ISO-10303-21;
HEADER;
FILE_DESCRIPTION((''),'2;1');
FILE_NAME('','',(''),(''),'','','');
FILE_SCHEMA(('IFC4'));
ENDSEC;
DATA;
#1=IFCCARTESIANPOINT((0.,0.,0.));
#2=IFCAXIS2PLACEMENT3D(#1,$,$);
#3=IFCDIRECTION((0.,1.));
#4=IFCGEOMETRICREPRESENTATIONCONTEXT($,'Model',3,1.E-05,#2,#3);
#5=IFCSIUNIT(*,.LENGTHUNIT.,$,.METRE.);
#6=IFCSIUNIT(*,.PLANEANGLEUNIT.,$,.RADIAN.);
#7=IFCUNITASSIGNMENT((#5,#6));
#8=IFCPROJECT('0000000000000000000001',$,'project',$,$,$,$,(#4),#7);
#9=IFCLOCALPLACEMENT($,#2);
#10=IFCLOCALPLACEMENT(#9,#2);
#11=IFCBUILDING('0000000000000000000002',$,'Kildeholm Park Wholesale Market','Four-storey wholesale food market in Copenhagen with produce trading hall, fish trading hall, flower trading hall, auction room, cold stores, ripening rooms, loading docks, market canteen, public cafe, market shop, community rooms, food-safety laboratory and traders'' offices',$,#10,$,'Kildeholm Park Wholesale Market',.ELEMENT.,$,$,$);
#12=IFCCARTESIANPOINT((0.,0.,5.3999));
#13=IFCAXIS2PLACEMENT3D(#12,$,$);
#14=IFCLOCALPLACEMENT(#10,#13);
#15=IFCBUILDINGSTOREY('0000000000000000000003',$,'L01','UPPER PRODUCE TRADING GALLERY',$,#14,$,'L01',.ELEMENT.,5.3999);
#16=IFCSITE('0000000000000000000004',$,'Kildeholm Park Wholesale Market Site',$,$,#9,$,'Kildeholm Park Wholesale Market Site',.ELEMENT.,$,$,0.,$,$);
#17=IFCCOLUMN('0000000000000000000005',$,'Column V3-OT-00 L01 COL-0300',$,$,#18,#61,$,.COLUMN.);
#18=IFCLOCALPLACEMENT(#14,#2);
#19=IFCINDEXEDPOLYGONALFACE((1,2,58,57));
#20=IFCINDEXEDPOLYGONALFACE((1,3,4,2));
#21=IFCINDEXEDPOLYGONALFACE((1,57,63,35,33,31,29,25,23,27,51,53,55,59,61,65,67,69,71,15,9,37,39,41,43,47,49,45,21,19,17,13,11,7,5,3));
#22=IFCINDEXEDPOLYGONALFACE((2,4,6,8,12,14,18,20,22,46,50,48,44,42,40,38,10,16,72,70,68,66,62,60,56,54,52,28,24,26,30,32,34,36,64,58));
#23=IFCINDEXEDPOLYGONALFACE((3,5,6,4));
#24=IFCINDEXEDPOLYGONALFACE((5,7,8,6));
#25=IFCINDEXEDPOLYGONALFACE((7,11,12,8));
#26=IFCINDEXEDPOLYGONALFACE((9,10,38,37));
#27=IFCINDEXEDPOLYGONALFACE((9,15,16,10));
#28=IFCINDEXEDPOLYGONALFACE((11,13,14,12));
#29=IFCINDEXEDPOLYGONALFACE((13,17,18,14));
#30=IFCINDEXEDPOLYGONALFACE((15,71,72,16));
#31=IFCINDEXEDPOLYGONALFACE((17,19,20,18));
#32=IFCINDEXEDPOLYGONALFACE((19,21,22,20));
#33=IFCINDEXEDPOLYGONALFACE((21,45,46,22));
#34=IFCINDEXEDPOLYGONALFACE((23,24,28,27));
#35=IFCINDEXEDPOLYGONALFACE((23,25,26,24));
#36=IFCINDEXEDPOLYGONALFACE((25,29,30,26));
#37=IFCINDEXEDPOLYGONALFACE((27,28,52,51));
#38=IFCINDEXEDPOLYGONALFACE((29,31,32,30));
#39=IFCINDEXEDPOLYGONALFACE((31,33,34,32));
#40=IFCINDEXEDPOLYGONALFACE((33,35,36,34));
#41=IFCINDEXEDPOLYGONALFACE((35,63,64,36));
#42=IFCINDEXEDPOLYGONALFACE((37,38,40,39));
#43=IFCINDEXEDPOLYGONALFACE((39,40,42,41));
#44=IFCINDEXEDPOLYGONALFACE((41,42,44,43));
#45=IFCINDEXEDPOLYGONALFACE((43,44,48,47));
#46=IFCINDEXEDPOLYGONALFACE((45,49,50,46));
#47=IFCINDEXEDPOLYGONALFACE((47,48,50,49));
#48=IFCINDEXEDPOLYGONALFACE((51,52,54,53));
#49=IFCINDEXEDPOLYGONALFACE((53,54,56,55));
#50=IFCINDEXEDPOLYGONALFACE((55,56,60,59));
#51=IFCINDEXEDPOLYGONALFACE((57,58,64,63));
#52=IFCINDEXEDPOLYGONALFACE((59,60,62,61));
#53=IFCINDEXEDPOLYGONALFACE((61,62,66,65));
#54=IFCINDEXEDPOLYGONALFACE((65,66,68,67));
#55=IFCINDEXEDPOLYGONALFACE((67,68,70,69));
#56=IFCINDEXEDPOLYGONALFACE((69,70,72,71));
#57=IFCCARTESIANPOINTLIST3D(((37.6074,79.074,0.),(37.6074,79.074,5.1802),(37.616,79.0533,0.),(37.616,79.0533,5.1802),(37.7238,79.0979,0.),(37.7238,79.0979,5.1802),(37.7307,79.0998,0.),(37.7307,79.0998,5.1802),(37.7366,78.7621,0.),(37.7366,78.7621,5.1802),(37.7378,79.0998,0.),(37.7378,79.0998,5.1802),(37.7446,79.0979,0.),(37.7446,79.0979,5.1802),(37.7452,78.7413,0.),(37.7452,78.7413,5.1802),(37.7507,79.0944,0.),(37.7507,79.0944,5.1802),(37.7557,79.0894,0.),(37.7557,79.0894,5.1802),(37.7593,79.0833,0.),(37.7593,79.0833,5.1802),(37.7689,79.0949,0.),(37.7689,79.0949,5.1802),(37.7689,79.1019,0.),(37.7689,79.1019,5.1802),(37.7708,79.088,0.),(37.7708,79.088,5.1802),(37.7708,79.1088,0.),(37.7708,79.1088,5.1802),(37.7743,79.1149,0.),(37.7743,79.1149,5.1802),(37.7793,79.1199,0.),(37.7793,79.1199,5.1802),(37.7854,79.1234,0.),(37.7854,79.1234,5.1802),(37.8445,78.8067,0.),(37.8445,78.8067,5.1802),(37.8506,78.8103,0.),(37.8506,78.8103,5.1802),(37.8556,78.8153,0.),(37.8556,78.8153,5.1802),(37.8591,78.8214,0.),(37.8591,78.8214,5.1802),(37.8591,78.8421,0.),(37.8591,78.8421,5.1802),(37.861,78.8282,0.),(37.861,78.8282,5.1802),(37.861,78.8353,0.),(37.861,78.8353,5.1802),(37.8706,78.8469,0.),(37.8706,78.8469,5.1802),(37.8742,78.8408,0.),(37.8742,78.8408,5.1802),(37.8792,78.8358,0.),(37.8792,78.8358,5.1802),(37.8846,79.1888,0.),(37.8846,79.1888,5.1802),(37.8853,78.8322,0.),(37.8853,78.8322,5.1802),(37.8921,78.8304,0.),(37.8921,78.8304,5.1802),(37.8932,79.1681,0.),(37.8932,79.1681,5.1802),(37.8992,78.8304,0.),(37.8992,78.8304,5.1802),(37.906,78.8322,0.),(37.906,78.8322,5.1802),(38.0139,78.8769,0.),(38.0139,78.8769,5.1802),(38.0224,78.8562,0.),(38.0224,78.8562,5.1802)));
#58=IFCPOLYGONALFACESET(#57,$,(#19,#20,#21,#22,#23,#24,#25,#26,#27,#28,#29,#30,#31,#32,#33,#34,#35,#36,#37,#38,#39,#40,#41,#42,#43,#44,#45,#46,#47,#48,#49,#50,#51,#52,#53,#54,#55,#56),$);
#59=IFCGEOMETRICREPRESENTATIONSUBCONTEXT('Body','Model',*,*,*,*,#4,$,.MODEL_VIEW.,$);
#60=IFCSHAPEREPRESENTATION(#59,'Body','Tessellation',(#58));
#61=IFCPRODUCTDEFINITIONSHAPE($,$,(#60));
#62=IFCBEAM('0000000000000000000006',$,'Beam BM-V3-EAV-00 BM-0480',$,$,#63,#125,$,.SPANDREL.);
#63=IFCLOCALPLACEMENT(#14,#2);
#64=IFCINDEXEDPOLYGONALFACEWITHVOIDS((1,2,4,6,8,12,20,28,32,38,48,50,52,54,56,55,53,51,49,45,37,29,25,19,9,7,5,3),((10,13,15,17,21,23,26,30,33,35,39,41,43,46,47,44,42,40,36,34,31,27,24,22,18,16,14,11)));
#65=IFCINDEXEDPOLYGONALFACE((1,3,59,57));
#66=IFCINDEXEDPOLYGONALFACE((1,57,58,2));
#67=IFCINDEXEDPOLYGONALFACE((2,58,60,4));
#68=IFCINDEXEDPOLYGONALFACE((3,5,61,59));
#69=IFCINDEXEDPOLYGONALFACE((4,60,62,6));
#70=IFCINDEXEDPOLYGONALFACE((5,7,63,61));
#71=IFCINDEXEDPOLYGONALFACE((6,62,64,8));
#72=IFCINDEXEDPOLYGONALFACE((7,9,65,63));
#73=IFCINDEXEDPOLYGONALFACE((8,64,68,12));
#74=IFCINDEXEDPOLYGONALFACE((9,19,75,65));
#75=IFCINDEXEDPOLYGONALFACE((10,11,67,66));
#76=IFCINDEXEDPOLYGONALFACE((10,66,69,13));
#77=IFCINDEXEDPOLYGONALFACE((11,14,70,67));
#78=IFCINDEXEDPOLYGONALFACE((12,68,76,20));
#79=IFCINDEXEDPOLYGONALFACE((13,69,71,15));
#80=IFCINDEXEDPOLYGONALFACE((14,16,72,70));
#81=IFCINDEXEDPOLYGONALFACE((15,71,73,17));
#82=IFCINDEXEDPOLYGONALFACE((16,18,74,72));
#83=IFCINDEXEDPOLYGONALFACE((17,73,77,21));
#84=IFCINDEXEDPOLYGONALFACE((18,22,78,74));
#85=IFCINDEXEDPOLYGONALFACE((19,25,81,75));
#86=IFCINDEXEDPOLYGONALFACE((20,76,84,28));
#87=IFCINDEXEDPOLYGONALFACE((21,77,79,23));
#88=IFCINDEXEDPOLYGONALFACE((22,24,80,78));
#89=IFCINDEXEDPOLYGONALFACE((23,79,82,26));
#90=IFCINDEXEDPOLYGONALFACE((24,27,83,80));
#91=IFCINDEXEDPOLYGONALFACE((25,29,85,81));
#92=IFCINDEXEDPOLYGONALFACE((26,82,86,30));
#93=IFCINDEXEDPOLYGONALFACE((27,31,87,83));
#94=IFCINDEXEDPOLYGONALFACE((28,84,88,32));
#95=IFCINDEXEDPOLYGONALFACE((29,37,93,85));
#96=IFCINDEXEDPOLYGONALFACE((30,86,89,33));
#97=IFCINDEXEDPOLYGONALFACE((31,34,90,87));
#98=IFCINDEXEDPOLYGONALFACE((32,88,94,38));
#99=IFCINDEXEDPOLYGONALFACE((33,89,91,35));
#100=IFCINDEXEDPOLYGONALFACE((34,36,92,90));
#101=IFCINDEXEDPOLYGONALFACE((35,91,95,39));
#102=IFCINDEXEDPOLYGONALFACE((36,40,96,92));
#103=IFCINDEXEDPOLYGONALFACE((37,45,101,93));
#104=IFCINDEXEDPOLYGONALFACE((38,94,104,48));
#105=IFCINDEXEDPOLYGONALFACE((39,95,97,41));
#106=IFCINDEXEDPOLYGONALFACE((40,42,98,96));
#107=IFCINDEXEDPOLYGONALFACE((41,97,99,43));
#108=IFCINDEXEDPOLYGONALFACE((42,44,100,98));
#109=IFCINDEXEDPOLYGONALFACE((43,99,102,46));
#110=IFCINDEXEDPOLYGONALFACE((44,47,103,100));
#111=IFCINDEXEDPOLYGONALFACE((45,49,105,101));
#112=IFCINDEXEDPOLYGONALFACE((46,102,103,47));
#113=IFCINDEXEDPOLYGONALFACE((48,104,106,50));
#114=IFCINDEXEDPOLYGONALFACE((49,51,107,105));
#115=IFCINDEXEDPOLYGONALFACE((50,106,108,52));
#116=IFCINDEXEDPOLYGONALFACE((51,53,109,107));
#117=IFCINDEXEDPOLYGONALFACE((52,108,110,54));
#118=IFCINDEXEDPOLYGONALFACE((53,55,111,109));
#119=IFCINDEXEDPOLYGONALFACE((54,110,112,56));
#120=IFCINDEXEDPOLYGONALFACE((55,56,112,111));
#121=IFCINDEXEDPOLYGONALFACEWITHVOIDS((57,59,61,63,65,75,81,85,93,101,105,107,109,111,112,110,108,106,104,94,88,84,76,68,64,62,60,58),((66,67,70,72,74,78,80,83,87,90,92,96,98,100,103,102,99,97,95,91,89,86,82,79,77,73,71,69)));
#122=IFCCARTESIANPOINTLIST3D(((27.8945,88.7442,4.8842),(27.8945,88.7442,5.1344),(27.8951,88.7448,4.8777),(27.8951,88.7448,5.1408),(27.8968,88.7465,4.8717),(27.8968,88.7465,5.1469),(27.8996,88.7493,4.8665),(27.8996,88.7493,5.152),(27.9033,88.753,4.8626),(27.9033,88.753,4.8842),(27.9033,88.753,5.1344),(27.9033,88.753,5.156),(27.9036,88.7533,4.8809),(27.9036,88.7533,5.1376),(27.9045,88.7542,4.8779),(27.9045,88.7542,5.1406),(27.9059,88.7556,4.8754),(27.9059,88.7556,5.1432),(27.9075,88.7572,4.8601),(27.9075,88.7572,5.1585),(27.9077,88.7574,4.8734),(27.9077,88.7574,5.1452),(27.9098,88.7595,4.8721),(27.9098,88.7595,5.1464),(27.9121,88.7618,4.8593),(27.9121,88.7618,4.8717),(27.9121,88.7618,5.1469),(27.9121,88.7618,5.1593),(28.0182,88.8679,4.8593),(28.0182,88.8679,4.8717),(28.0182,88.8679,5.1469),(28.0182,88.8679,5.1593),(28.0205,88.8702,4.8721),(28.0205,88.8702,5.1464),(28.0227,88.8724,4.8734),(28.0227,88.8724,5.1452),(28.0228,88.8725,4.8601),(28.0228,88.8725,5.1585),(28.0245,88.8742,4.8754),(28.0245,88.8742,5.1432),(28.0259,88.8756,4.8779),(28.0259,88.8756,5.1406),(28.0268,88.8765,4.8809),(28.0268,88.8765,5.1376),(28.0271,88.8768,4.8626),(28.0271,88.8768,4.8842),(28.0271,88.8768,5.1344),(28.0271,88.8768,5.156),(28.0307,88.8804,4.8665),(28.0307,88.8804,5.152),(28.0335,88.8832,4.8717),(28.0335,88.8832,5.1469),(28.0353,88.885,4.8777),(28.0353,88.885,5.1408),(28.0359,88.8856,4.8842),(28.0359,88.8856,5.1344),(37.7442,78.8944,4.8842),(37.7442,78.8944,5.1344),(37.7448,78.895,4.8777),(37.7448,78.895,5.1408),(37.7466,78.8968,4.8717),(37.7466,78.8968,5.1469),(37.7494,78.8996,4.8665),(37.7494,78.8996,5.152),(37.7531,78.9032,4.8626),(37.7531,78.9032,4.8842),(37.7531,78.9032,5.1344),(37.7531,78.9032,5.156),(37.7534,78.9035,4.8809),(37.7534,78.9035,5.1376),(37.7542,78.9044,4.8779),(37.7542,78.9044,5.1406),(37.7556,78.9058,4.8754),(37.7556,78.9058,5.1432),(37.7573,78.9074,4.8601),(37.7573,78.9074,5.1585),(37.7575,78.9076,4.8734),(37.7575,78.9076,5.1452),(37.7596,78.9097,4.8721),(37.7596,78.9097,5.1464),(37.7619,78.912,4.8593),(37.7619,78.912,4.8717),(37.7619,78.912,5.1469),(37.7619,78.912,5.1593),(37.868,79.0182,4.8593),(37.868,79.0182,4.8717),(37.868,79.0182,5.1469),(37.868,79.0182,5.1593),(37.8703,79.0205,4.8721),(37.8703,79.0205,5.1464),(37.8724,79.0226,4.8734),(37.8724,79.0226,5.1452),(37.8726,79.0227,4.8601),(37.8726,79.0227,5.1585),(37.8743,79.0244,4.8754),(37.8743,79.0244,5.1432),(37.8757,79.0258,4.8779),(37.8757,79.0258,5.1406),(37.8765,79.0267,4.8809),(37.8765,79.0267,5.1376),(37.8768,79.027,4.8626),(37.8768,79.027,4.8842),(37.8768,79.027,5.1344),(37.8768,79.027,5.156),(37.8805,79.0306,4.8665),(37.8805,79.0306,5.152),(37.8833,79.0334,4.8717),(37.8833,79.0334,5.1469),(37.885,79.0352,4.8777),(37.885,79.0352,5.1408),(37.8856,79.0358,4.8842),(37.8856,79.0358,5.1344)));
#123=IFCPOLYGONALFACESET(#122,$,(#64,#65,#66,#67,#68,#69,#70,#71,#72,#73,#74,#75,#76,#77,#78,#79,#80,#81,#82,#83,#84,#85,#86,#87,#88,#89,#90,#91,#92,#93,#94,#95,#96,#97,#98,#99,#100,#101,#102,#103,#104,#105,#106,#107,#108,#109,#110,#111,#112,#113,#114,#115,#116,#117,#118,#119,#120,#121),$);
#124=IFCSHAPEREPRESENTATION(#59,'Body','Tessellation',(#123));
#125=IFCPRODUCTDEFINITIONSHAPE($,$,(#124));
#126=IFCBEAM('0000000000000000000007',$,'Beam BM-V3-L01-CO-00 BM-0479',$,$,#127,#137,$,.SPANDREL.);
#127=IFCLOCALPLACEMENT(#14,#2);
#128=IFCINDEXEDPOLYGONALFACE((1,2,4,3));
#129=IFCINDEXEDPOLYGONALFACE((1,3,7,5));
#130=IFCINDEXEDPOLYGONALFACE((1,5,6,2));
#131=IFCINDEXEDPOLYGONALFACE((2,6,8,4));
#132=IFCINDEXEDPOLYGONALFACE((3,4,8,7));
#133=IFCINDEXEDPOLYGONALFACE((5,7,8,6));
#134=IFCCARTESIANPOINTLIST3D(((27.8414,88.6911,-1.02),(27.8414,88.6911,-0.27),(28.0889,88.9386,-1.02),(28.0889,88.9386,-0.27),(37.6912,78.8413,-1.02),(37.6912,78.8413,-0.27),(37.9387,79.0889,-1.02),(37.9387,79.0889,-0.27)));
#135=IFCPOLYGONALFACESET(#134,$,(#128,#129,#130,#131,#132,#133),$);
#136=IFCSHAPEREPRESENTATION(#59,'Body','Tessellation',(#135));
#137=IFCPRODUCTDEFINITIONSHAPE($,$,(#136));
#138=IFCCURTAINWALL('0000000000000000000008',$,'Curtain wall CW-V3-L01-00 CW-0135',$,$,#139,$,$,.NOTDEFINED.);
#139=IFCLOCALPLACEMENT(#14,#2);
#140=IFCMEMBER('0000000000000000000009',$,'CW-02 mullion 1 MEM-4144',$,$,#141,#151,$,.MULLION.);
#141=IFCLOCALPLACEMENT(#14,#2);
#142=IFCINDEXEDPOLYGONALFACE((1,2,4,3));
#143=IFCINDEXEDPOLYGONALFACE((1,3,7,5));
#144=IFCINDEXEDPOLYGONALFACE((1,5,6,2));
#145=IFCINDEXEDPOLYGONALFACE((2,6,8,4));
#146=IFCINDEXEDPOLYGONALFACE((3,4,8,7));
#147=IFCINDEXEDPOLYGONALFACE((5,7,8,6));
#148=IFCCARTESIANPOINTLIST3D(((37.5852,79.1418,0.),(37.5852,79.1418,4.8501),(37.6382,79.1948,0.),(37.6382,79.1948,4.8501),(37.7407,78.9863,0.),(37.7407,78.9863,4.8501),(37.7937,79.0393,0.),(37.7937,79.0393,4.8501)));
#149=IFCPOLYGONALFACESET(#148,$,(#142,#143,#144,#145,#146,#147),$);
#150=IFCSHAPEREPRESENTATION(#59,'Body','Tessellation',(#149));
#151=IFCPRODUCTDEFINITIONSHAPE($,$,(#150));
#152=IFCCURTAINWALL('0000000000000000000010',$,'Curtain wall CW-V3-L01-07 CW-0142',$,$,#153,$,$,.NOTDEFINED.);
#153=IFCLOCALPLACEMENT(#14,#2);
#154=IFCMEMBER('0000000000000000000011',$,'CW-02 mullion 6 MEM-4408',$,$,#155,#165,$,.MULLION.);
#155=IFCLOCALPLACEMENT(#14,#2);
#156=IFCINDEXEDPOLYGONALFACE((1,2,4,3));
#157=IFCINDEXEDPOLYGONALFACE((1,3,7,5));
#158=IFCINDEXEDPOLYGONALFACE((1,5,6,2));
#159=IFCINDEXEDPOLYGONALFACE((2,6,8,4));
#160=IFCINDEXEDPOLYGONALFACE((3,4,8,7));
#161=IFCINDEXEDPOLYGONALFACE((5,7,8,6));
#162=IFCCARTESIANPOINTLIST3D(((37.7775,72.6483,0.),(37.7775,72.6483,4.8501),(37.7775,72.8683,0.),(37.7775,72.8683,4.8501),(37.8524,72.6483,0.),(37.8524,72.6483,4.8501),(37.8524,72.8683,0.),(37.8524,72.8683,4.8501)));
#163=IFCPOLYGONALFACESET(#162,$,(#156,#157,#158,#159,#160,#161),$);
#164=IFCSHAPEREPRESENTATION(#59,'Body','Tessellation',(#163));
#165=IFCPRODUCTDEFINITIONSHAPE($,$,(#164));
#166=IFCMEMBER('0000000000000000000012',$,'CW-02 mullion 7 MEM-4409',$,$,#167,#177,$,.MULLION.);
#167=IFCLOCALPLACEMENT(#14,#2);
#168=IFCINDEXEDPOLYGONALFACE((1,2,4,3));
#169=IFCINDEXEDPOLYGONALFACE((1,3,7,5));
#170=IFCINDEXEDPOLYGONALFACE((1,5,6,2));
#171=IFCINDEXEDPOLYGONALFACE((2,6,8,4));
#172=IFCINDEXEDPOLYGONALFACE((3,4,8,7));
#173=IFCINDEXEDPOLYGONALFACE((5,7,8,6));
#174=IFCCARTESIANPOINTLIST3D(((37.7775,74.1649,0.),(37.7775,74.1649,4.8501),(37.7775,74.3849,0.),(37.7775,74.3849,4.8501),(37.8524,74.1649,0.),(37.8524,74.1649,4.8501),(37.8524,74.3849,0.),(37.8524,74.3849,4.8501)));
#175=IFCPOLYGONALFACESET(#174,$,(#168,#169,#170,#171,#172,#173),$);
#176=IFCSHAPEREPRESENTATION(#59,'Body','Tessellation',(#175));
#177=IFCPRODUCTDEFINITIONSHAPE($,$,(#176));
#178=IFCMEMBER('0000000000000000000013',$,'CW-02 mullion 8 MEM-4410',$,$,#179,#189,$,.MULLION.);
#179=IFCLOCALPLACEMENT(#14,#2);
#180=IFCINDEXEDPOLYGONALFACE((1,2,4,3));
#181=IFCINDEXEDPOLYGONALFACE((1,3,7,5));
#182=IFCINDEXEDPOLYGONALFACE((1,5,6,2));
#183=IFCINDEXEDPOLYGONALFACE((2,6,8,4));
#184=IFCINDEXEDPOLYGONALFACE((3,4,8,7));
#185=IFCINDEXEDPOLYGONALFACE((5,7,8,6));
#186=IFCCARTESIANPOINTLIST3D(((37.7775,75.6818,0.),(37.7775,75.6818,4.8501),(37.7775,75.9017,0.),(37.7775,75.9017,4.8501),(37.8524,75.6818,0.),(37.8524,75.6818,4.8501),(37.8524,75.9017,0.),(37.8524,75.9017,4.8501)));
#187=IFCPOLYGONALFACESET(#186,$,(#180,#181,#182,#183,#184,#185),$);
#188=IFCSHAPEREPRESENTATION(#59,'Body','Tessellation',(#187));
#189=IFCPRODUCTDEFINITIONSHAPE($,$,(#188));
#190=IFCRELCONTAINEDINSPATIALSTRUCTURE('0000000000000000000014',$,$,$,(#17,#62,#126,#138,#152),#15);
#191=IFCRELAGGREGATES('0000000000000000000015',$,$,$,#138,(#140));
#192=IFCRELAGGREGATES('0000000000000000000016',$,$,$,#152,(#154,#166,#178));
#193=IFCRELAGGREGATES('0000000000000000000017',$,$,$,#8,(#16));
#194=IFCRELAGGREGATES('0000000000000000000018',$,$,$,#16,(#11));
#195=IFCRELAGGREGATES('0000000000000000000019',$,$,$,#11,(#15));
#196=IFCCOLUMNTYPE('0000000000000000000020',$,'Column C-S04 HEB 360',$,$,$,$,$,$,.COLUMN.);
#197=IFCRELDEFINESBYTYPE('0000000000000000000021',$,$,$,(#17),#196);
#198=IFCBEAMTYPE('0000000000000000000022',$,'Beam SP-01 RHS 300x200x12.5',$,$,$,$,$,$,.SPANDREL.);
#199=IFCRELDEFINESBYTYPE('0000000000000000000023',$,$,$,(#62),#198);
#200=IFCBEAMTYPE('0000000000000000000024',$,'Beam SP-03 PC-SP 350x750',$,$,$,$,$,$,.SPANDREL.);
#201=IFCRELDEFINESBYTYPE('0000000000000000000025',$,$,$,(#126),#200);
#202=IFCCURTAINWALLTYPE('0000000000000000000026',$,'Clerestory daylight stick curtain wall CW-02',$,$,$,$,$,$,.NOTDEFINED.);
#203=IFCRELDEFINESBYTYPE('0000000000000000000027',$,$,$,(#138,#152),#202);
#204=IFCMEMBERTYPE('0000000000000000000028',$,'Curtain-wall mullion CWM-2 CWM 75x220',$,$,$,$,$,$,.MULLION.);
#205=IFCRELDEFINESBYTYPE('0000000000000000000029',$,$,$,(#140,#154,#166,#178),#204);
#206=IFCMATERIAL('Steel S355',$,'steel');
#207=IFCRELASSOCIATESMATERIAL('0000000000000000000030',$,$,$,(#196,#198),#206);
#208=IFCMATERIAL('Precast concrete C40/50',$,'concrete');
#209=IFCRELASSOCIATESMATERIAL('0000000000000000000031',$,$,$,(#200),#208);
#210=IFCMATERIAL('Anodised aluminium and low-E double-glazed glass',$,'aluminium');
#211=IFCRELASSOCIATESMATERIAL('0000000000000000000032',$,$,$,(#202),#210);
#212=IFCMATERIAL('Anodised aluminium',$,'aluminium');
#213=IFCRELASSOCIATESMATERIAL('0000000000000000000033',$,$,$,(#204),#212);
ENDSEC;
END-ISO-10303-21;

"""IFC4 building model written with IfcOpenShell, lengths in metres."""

from ifc_helpers import new_model, si_unit, direction, frame, origin, origin_2d, place, context, subcontext, project, spatial, rectangle, hollow_rectangle, i_section, extrude, material, material_profile, profile_set, type_object, element, aggregate, save


model = new_model("IFC4")

# Units and contexts
model_context = context("Model", 3, precision=1e-05, world=origin(), true_north=direction((0.0, 1.0)))
body_context = subcontext(model_context, "Body", "Model", "MODEL_VIEW")
ifc_project = project(units=[si_unit("LENGTHUNIT", "METRE"), si_unit("PLANEANGLEUNIT", "RADIAN")], contexts=[model_context])

# Site, building, storey
site_placement = place(None, origin())
site = spatial("IfcSite", under=ifc_project, at=site_placement, Name="Kildeholm Park Wholesale Market Site", LongName="Kildeholm Park Wholesale Market Site", CompositionType="ELEMENT", RefElevation=0.0)
building_placement = place(site_placement, origin())
building = spatial("IfcBuilding", under=site, at=building_placement, Name="Kildeholm Park Wholesale Market", Description="Four-storey wholesale food market in Copenhagen with produce trading hall, fish trading hall, flower trading hall, auction room, cold stores, ripening rooms, loading docks, market canteen, public cafe, market shop, community rooms, food-safety laboratory and traders' offices", LongName="Kildeholm Park Wholesale Market", CompositionType="ELEMENT")
storey_placement = place(building_placement, frame((0.0, 0.0, 5.3999)))
storey = spatial("IfcBuildingStorey", under=building, at=storey_placement, Name="L01", Description="UPPER PRODUCE TRADING GALLERY", LongName="L01", CompositionType="ELEMENT", Elevation=5.3999)

# Column
ifc_material_1 = material(Name="Steel S355", Category="steel")
ifc_material_profile_1 = material_profile(ifc_material_1, i_section(OverallWidth=0.3, OverallDepth=0.3601, WebThickness=0.0125, FlangeThickness=0.0225, FilletRadius=0.0271, at=origin_2d()), Name="HEB 360")
ifc_profile_set_1 = profile_set([ifc_material_profile_1], Name="Steel S355")
column_type = type_object("IfcColumnType", Name="Column C-S04 HEB 360", PredefinedType="COLUMN", material=ifc_profile_set_1)
column_placement = place(storey_placement, frame((37.8149, 78.9651, 0.0), z_axis=(0.0, 0.0, 1.0), x_axis=(0.92388, 0.382683, 0.0)))
element("IfcColumn", 1, at=column_placement, inside=storey, type_object=column_type, Name="Column V3-OT-00 L01 COL-0300", PredefinedType="COLUMN", context=body_context, shape_type="SweptSolid", body=[
    extrude(i_section(OverallWidth=0.3, OverallDepth=0.3601, WebThickness=0.0125, FlangeThickness=0.0225, FilletRadius=0.0271, at=origin_2d()), origin(), (0.0, 0.0, 1.0), 5.1802),
])

# Beams
ifc_material_profile_2 = material_profile(ifc_material_1, hollow_rectangle(XDim=0.2, YDim=0.3, WallThickness=0.0125, InnerFilletRadius=0.0125, OuterFilletRadius=0.0249, at=origin_2d()), Name="RHS 300x200x12.5")
ifc_profile_set_2 = profile_set([ifc_material_profile_2], Name="Steel S355")
beam_type_1 = type_object("IfcBeamType", Name="Beam SP-01 RHS 300x200x12.5", PredefinedType="SPANDREL", material=ifc_profile_set_2)
beam_1_placement = place(storey_placement, frame((37.8149, 78.9651, 5.0093), z_axis=(-0.707107, 0.707107, 0.0), x_axis=(-0.707107, -0.707107, 0.0)))
element("IfcBeam", 2, at=beam_1_placement, inside=storey, type_object=beam_type_1, Name="Beam BM-V3-EAV-00 BM-0480", PredefinedType="SPANDREL", context=body_context, shape_type="SweptSolid", body=[
    extrude(hollow_rectangle(XDim=0.2, YDim=0.3, WallThickness=0.0125, InnerFilletRadius=0.0125, OuterFilletRadius=0.0249, at=origin_2d()), origin(), (0.0, 0.0, 1.0), 13.9297),
])
ifc_material_2 = material(Name="Precast concrete C40/50", Category="concrete")
ifc_material_profile_3 = material_profile(ifc_material_2, rectangle(XDim=0.3501, YDim=0.75, at=origin_2d()), Name="PC-SP 350x750")
ifc_profile_set_3 = profile_set([ifc_material_profile_3], Name="Precast concrete C40/50")
beam_type_2 = type_object("IfcBeamType", Name="Beam SP-03 PC-SP 350x750", PredefinedType="SPANDREL", material=ifc_profile_set_3)
beam_2_placement = place(storey_placement, frame((37.8149, 78.9651, -0.645), z_axis=(-0.707107, 0.707107, 0.0), x_axis=(-0.707107, -0.707107, 0.0)))
element("IfcBeam", 3, at=beam_2_placement, inside=storey, type_object=beam_type_2, Name="Beam BM-V3-L01-CO-00 BM-0479", PredefinedType="SPANDREL", context=body_context, shape_type="SweptSolid", body=[
    extrude(rectangle(XDim=0.3501, YDim=0.75, at=origin_2d()), origin(), (0.0, 0.0, 1.0), 13.9297),
])

# Curtain wall, member
ifc_material_3 = material(Name="Anodised aluminium and low-E double-glazed glass", Category="aluminium")
curtain_wall_type_1 = type_object("IfcCurtainWallType", Name="Clerestory daylight stick curtain wall CW-02", PredefinedType="NOTDEFINED", material=ifc_material_3)
curtain_wall_1_placement = place(storey_placement, origin())
curtain_wall_1 = element("IfcCurtainWall", 4, at=curtain_wall_1_placement, inside=storey, type_object=curtain_wall_type_1, Name="Curtain wall CW-V3-L01-00 CW-0135", PredefinedType="NOTDEFINED")
ifc_material_4 = material(Name="Anodised aluminium", Category="aluminium")
ifc_material_profile_4 = material_profile(ifc_material_4, rectangle(XDim=0.075, YDim=0.22, at=origin_2d()), Name="CWM 75x220")
ifc_profile_set_4 = profile_set([ifc_material_profile_4], Name="Anodised aluminium")
member_type_1 = type_object("IfcMemberType", Name="Curtain-wall mullion CWM-2 CWM 75x220", PredefinedType="MULLION", material=ifc_profile_set_4)
member_1_placement = place(storey_placement, frame((37.6895, 79.0906, 0.0), z_axis=(0.0, 0.0, 1.0), x_axis=(-0.707107, -0.707107, 0.0)))
member_1 = element("IfcMember", 5, at=member_1_placement, type_object=member_type_1, Name="CW-02 mullion 1 MEM-4144", PredefinedType="MULLION", context=body_context, shape_type="SweptSolid", body=[
    extrude(rectangle(XDim=0.075, YDim=0.22, at=origin_2d()), origin(), (0.0, 0.0, 1.0), 4.8501),
])

# Curtain wall, members
curtain_wall_2_placement = place(storey_placement, origin())
curtain_wall_2 = element("IfcCurtainWall", 6, at=curtain_wall_2_placement, inside=storey, type_object=curtain_wall_type_1, Name="Curtain wall CW-V3-L01-07 CW-0142", PredefinedType="NOTDEFINED")
member_2_placement = place(storey_placement, frame((37.8149, 72.7583, 0.0), z_axis=(0.0, 0.0, 1.0), x_axis=(-1.0, 0.0, 0.0)))
member_2 = element("IfcMember", 7, at=member_2_placement, type_object=member_type_1, Name="CW-02 mullion 6 MEM-4408", PredefinedType="MULLION", context=body_context, shape_type="SweptSolid", body=[
    extrude(rectangle(XDim=0.075, YDim=0.22, at=origin_2d()), origin(), (0.0, 0.0, 1.0), 4.8501),
])
member_3_placement = place(storey_placement, frame((37.8149, 74.2749, 0.0), z_axis=(0.0, 0.0, 1.0), x_axis=(-1.0, 0.0, 0.0)))
member_3 = element("IfcMember", 8, at=member_3_placement, type_object=member_type_1, Name="CW-02 mullion 7 MEM-4409", PredefinedType="MULLION", context=body_context, shape_type="SweptSolid", body=[
    extrude(rectangle(XDim=0.075, YDim=0.22, at=origin_2d()), origin(), (0.0, 0.0, 1.0), 4.8501),
])
member_4_placement = place(storey_placement, frame((37.8149, 75.7917, 0.0), z_axis=(0.0, 0.0, 1.0), x_axis=(-1.0, 0.0, 0.0)))
member_4 = element("IfcMember", 9, at=member_4_placement, type_object=member_type_1, Name="CW-02 mullion 8 MEM-4410", PredefinedType="MULLION", context=body_context, shape_type="SweptSolid", body=[
    extrude(rectangle(XDim=0.075, YDim=0.22, at=origin_2d()), origin(), (0.0, 0.0, 1.0), 4.8501),
])

aggregate(curtain_wall_1, [member_1])
aggregate(curtain_wall_2, [member_2, member_3, member_4])

save(model, "model.ifc")
